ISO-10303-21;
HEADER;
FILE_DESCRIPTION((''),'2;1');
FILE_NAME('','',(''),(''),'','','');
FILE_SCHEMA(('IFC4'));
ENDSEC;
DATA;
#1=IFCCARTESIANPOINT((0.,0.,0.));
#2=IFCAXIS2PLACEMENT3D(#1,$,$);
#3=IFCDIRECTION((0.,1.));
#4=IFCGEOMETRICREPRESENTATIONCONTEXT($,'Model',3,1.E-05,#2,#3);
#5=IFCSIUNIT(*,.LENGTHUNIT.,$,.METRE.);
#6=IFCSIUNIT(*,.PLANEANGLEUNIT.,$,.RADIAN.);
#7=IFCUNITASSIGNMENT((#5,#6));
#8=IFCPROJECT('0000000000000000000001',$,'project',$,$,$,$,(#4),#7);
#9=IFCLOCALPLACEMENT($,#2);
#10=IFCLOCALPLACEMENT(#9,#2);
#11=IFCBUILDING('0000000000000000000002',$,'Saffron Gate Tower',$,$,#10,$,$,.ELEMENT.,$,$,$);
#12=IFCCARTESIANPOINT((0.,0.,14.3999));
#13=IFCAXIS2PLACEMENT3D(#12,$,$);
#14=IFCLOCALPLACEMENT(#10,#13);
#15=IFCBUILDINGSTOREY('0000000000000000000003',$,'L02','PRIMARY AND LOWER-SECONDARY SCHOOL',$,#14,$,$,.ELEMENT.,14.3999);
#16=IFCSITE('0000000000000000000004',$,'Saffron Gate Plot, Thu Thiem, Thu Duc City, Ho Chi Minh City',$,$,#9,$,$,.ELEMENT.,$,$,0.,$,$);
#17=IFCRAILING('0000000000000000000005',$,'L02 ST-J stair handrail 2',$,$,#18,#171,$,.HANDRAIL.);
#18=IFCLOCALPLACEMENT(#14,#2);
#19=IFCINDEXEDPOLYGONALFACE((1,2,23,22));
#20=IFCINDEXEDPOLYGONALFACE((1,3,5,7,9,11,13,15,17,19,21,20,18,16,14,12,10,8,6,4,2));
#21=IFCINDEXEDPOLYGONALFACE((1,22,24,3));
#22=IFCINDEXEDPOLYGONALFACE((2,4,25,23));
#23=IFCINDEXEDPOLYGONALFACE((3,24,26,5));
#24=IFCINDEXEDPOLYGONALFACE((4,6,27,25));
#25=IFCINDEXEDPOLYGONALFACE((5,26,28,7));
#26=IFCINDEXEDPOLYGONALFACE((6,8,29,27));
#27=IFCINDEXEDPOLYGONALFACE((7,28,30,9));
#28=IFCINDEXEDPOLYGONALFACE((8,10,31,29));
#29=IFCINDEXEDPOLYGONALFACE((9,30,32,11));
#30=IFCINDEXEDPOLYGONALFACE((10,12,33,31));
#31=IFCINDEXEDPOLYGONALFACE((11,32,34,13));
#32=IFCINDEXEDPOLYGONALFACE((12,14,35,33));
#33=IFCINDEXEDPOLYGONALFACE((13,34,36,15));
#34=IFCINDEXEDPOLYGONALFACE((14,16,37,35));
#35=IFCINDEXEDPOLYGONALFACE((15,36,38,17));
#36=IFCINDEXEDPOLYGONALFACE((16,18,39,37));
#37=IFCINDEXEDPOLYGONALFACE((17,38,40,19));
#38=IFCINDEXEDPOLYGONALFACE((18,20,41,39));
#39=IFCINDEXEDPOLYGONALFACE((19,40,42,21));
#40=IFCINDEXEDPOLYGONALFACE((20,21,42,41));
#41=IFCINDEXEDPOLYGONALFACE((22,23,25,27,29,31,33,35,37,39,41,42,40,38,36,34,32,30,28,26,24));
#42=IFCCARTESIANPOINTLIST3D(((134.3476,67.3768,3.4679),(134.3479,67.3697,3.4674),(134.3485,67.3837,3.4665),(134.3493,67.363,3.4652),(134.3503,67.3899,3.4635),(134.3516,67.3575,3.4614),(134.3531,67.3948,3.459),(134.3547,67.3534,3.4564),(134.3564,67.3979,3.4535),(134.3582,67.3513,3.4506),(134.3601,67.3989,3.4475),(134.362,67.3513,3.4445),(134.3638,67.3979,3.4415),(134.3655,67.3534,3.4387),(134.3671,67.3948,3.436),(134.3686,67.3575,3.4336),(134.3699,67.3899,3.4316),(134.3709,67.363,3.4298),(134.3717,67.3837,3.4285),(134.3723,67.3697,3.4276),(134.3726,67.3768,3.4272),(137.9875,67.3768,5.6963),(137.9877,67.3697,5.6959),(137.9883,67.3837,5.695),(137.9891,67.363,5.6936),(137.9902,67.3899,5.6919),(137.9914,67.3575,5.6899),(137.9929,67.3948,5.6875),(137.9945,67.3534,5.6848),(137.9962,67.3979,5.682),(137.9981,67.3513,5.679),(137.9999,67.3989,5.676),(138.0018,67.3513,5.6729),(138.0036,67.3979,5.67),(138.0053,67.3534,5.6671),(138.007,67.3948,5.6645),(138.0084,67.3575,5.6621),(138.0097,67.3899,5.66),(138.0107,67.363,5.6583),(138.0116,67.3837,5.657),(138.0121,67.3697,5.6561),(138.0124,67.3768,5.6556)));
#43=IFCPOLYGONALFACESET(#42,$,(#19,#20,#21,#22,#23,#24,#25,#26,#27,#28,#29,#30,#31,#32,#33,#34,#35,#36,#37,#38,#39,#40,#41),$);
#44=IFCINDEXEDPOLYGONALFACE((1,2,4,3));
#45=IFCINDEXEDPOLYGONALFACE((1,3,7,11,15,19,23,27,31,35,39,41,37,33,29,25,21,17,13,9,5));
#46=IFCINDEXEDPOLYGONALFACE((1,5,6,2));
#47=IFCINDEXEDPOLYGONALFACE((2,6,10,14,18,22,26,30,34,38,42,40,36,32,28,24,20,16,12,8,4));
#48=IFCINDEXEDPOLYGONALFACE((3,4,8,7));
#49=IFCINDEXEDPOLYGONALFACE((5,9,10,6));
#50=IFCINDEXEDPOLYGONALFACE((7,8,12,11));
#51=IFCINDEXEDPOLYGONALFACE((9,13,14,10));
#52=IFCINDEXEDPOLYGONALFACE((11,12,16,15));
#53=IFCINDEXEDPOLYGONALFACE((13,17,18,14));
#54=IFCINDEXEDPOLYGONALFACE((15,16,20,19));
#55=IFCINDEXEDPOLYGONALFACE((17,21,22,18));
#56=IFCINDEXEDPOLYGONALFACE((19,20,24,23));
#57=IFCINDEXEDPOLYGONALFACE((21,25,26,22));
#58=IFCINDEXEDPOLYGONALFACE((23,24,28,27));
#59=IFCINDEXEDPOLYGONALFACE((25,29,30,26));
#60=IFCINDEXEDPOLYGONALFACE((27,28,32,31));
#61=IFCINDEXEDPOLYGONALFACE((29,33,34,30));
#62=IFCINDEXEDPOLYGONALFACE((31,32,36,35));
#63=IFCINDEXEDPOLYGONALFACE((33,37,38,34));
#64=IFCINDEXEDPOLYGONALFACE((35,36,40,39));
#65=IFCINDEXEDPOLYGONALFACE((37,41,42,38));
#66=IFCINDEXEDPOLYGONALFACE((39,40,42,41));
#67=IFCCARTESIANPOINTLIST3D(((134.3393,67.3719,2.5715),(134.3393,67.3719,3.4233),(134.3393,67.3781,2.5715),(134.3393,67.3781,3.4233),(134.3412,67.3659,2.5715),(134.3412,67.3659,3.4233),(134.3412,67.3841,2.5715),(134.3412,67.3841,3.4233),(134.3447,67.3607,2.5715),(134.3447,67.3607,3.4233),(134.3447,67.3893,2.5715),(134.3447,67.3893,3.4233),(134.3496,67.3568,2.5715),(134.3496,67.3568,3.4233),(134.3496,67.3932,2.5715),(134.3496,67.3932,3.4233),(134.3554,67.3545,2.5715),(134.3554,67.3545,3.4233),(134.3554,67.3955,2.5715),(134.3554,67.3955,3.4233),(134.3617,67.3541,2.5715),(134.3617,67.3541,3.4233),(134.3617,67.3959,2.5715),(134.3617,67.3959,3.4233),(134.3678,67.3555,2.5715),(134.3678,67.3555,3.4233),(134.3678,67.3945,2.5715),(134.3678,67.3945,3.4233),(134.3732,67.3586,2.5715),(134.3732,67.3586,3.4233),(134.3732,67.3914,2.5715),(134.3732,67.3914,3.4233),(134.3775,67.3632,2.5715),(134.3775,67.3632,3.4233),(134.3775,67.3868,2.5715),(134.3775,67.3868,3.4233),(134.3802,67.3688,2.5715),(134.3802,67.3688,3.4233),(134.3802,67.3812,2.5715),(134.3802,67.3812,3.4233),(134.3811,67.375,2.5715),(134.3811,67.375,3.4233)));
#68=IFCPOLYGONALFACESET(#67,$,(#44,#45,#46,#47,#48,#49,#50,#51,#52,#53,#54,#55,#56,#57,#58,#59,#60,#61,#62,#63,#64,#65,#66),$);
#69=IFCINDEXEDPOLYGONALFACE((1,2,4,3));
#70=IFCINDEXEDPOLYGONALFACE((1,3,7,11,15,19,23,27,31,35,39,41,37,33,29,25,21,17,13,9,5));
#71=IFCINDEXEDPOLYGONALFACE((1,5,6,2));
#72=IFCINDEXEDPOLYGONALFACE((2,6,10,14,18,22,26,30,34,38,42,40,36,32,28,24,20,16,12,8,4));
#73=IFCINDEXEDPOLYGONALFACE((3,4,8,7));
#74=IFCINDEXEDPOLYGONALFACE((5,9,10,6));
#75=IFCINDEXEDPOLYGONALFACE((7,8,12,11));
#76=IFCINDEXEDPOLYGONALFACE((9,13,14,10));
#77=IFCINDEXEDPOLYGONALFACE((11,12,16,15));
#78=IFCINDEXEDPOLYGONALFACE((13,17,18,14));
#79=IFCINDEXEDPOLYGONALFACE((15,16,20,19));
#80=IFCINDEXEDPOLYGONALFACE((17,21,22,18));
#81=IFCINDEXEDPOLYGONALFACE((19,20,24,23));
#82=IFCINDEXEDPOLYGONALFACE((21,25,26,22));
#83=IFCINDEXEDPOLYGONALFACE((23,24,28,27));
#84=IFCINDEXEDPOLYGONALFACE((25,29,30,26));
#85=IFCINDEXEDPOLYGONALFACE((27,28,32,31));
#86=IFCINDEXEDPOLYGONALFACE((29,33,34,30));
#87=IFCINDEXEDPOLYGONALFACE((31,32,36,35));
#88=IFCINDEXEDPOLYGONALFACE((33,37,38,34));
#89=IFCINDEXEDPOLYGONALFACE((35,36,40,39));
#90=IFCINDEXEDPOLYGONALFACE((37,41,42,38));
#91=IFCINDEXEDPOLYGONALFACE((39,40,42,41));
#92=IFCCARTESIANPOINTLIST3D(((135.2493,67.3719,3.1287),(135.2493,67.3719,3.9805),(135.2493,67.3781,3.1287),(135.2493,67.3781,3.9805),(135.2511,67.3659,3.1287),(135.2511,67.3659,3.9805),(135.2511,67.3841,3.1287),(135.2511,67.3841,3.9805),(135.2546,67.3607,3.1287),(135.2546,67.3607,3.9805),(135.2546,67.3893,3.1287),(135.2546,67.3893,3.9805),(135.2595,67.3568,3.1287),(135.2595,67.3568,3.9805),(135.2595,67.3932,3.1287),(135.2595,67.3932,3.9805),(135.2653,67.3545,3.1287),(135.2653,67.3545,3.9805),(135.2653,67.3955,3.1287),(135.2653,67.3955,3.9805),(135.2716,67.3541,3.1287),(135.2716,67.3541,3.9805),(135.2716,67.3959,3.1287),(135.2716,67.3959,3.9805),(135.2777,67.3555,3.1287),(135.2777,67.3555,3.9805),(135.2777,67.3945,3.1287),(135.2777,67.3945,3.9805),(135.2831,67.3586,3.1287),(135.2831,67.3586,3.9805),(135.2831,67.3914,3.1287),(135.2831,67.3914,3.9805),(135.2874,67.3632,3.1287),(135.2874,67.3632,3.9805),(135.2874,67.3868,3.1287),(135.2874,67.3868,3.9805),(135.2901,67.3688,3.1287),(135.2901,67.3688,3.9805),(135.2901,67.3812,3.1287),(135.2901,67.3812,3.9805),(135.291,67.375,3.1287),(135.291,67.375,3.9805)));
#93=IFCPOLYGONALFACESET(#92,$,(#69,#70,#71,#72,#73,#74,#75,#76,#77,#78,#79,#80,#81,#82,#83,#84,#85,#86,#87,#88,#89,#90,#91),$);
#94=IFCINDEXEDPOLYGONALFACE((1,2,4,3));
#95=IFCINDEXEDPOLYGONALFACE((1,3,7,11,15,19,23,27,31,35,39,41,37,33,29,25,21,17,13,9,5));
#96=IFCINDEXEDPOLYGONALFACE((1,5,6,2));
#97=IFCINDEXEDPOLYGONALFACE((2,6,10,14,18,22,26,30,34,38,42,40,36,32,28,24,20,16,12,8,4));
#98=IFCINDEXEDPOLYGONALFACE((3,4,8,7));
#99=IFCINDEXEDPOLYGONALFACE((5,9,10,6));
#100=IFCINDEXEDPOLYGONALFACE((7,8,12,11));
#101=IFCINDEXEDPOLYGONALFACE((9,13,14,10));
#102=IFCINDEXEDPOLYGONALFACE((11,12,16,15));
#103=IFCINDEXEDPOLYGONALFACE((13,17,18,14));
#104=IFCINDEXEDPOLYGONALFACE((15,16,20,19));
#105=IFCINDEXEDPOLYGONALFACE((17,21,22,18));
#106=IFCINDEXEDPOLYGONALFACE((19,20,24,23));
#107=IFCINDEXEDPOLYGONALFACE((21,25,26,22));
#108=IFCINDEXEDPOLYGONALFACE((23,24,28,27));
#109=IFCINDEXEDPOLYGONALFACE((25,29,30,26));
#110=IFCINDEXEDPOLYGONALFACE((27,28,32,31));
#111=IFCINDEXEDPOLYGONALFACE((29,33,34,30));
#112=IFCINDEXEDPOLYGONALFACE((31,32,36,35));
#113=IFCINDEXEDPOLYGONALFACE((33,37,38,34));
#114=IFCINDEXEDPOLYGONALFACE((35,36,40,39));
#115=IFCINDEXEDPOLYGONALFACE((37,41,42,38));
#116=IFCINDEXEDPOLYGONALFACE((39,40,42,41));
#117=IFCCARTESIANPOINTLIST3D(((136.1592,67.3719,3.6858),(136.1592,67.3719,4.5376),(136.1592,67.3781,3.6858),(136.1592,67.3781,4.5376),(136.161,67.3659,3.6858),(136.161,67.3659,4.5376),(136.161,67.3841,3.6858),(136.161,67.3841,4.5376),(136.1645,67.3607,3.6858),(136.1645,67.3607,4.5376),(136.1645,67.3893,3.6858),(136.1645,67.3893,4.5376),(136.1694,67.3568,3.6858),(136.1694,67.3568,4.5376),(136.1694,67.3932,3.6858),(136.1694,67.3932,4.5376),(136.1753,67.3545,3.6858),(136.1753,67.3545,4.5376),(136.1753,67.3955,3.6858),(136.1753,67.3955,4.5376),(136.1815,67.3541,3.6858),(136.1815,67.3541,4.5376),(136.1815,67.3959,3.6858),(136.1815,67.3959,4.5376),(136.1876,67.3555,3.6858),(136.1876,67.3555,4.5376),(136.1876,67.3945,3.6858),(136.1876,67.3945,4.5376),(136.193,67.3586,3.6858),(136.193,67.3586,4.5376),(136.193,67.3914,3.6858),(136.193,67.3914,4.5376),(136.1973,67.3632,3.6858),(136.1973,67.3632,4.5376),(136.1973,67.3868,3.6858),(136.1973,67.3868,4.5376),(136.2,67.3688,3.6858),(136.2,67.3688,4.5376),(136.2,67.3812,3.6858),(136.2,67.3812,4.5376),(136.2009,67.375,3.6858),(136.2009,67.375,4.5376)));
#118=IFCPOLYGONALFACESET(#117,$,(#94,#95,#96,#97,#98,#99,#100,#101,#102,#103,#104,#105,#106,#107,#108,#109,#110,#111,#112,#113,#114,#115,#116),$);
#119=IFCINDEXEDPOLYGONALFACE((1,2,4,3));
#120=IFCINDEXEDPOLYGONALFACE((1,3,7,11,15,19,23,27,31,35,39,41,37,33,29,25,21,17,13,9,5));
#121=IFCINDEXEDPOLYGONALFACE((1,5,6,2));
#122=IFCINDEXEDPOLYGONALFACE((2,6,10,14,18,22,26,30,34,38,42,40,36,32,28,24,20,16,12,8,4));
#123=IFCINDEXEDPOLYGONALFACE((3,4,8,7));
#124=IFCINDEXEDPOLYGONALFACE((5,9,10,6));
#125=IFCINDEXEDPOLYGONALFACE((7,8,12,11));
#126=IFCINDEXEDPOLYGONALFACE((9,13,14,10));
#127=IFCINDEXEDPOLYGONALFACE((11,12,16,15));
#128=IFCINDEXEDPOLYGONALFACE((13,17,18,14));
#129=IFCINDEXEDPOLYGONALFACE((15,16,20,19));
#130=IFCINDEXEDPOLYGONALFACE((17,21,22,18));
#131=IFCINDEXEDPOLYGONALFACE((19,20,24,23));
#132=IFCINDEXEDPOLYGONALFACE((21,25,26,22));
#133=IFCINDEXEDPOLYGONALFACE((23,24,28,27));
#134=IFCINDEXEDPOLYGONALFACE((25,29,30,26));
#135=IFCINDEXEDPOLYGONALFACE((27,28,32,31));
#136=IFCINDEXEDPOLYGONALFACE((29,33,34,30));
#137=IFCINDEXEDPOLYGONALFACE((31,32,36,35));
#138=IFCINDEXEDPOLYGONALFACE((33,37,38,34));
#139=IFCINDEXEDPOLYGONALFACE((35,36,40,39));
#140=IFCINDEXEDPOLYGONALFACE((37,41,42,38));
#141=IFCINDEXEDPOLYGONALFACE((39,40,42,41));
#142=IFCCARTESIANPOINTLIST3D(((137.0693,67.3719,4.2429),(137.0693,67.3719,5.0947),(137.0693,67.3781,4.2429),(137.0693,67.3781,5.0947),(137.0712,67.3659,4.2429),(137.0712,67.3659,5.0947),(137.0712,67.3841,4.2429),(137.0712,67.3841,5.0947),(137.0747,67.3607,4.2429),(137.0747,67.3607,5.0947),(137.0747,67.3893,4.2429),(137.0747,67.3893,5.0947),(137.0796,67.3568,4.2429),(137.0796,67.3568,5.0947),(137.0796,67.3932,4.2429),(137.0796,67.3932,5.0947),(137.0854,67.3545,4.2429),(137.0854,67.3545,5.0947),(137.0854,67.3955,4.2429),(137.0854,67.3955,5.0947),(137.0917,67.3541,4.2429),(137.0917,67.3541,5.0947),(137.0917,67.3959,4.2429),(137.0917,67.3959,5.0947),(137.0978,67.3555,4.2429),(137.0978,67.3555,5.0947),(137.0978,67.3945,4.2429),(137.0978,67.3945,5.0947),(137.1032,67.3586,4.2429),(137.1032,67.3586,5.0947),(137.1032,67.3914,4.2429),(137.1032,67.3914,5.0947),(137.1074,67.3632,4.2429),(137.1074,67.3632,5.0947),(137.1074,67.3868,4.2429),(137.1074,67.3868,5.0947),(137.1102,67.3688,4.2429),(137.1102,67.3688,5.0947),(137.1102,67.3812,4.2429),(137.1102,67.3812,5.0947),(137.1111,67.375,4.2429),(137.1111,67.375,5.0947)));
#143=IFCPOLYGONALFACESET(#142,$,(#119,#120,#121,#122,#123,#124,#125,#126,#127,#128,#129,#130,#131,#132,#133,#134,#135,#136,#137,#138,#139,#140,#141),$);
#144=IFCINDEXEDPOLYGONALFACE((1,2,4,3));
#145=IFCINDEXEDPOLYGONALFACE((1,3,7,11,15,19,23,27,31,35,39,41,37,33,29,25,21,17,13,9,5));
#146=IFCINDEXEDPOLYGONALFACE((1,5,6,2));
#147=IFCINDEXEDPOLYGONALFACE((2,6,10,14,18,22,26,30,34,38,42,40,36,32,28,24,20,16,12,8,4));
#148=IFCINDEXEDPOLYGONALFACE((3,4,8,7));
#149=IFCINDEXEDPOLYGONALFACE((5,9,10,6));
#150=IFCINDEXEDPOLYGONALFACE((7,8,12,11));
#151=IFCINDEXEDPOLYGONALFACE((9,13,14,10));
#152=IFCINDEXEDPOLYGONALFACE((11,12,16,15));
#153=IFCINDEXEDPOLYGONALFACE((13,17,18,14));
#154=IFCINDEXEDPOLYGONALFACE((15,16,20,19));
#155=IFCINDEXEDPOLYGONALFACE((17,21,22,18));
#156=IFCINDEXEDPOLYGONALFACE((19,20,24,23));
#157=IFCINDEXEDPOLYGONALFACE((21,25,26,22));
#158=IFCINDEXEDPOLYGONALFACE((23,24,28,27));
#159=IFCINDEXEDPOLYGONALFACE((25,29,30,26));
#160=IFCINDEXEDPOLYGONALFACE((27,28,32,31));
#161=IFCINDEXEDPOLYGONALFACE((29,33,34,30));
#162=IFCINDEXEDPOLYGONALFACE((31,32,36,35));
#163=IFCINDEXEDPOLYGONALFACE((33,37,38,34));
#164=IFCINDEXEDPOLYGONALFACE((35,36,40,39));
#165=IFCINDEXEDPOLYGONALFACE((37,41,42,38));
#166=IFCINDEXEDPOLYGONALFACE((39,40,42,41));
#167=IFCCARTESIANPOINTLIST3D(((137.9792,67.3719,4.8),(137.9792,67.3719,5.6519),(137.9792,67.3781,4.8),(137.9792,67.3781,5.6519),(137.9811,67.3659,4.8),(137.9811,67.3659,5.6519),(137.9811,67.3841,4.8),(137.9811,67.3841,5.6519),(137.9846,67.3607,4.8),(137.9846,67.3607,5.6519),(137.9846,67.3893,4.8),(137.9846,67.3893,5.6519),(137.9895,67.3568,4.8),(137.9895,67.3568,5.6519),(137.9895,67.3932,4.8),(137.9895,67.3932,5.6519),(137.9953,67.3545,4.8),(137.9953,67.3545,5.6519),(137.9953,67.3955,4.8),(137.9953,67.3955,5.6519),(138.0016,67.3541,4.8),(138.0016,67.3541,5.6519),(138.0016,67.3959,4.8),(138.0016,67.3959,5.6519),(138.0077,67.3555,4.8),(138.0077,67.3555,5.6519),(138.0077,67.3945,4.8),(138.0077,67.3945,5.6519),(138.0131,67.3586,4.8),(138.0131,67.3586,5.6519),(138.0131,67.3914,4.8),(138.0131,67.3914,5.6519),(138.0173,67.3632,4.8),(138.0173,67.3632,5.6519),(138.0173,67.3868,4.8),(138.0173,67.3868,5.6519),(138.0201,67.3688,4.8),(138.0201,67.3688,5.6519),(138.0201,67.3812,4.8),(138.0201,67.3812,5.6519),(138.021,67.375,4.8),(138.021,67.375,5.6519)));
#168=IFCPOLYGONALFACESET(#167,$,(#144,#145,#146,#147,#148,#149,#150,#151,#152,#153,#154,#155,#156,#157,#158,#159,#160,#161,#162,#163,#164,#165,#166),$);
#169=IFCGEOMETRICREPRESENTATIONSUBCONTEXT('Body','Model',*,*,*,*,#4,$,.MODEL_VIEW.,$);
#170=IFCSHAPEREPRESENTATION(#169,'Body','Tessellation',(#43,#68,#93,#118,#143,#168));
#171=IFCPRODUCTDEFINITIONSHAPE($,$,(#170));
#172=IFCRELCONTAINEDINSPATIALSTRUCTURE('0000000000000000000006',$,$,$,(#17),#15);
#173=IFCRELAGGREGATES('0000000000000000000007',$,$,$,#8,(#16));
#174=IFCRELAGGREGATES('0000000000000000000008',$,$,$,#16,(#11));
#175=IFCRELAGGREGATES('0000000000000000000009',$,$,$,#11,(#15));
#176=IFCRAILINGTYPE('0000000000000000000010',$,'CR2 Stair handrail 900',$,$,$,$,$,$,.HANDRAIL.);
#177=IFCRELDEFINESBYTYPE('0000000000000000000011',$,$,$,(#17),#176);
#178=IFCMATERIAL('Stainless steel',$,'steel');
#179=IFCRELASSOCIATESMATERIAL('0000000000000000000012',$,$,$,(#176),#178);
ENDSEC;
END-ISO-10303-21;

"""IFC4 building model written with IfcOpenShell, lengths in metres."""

from ifc_helpers import new_model, si_unit, direction, frame, origin, origin_2d, place, context, subcontext, project, spatial, circle, extrude, material, type_object, element, save


model = new_model("IFC4")

# Units and contexts
model_context = context("Model", 3, precision=1e-05, world=origin(), true_north=direction((0.0, 1.0)))
body_context = subcontext(model_context, "Body", "Model", "MODEL_VIEW")
ifc_project = project(units=[si_unit("LENGTHUNIT", "METRE"), si_unit("PLANEANGLEUNIT", "RADIAN")], contexts=[model_context])

# Site, building, storey
site_placement = place(None, origin())
site = spatial("IfcSite", under=ifc_project, at=site_placement, Name="Saffron Gate Plot, Thu Thiem, Thu Duc City, Ho Chi Minh City", CompositionType="ELEMENT", RefElevation=0.0)
building_placement = place(site_placement, origin())
building = spatial("IfcBuilding", under=site, at=building_placement, Name="Saffron Gate Tower", CompositionType="ELEMENT")
storey_placement = place(building_placement, frame((0.0, 0.0, 14.3999)))
storey = spatial("IfcBuildingStorey", under=building, at=storey_placement, Name="L02", Description="PRIMARY AND LOWER-SECONDARY SCHOOL", CompositionType="ELEMENT", Elevation=14.3999)

# Railing
ifc_material_1 = material(Name="Stainless steel", Category="steel")
railing_type_1 = type_object("IfcRailingType", Name="CR2 Stair handrail 900", PredefinedType="HANDRAIL", material=ifc_material_1)
railing_1_placement = place(storey_placement, frame((134.3601, 67.375, 2.5715)))
element("IfcRailing", 1, at=railing_1_placement, inside=storey, type_object=railing_type_1, Name="L02 ST-J stair handrail 2", PredefinedType="HANDRAIL", context=body_context, shape_type="SweptSolid", body=[
    extrude(circle(Radius=0.0239, at=origin_2d()), frame((0.0, 0.0, 0.876), z_axis=(0.85285, 0.0, 0.522156), x_axis=(0.0, 1.0, 0.0)), (0.0, 0.0, 1.0), 4.2678),
    extrude(circle(Radius=0.021, at=origin_2d()), origin(), (0.0, 0.0, 1.0), 0.8518),
    extrude(circle(Radius=0.021, at=origin_2d()), frame((0.9099, 0.0, 0.5571)), (0.0, 0.0, 1.0), 0.8518),
    extrude(circle(Radius=0.021, at=origin_2d()), frame((1.8198, 0.0, 1.1143)), (0.0, 0.0, 1.0), 0.8518),
    extrude(circle(Radius=0.021, at=origin_2d()), frame((2.73, 0.0, 1.6714)), (0.0, 0.0, 1.0), 0.8518),
    extrude(circle(Radius=0.021, at=origin_2d()), frame((3.6399, 0.0, 2.2285)), (0.0, 0.0, 1.0), 0.8518),
])

save(model, "model.ifc")
